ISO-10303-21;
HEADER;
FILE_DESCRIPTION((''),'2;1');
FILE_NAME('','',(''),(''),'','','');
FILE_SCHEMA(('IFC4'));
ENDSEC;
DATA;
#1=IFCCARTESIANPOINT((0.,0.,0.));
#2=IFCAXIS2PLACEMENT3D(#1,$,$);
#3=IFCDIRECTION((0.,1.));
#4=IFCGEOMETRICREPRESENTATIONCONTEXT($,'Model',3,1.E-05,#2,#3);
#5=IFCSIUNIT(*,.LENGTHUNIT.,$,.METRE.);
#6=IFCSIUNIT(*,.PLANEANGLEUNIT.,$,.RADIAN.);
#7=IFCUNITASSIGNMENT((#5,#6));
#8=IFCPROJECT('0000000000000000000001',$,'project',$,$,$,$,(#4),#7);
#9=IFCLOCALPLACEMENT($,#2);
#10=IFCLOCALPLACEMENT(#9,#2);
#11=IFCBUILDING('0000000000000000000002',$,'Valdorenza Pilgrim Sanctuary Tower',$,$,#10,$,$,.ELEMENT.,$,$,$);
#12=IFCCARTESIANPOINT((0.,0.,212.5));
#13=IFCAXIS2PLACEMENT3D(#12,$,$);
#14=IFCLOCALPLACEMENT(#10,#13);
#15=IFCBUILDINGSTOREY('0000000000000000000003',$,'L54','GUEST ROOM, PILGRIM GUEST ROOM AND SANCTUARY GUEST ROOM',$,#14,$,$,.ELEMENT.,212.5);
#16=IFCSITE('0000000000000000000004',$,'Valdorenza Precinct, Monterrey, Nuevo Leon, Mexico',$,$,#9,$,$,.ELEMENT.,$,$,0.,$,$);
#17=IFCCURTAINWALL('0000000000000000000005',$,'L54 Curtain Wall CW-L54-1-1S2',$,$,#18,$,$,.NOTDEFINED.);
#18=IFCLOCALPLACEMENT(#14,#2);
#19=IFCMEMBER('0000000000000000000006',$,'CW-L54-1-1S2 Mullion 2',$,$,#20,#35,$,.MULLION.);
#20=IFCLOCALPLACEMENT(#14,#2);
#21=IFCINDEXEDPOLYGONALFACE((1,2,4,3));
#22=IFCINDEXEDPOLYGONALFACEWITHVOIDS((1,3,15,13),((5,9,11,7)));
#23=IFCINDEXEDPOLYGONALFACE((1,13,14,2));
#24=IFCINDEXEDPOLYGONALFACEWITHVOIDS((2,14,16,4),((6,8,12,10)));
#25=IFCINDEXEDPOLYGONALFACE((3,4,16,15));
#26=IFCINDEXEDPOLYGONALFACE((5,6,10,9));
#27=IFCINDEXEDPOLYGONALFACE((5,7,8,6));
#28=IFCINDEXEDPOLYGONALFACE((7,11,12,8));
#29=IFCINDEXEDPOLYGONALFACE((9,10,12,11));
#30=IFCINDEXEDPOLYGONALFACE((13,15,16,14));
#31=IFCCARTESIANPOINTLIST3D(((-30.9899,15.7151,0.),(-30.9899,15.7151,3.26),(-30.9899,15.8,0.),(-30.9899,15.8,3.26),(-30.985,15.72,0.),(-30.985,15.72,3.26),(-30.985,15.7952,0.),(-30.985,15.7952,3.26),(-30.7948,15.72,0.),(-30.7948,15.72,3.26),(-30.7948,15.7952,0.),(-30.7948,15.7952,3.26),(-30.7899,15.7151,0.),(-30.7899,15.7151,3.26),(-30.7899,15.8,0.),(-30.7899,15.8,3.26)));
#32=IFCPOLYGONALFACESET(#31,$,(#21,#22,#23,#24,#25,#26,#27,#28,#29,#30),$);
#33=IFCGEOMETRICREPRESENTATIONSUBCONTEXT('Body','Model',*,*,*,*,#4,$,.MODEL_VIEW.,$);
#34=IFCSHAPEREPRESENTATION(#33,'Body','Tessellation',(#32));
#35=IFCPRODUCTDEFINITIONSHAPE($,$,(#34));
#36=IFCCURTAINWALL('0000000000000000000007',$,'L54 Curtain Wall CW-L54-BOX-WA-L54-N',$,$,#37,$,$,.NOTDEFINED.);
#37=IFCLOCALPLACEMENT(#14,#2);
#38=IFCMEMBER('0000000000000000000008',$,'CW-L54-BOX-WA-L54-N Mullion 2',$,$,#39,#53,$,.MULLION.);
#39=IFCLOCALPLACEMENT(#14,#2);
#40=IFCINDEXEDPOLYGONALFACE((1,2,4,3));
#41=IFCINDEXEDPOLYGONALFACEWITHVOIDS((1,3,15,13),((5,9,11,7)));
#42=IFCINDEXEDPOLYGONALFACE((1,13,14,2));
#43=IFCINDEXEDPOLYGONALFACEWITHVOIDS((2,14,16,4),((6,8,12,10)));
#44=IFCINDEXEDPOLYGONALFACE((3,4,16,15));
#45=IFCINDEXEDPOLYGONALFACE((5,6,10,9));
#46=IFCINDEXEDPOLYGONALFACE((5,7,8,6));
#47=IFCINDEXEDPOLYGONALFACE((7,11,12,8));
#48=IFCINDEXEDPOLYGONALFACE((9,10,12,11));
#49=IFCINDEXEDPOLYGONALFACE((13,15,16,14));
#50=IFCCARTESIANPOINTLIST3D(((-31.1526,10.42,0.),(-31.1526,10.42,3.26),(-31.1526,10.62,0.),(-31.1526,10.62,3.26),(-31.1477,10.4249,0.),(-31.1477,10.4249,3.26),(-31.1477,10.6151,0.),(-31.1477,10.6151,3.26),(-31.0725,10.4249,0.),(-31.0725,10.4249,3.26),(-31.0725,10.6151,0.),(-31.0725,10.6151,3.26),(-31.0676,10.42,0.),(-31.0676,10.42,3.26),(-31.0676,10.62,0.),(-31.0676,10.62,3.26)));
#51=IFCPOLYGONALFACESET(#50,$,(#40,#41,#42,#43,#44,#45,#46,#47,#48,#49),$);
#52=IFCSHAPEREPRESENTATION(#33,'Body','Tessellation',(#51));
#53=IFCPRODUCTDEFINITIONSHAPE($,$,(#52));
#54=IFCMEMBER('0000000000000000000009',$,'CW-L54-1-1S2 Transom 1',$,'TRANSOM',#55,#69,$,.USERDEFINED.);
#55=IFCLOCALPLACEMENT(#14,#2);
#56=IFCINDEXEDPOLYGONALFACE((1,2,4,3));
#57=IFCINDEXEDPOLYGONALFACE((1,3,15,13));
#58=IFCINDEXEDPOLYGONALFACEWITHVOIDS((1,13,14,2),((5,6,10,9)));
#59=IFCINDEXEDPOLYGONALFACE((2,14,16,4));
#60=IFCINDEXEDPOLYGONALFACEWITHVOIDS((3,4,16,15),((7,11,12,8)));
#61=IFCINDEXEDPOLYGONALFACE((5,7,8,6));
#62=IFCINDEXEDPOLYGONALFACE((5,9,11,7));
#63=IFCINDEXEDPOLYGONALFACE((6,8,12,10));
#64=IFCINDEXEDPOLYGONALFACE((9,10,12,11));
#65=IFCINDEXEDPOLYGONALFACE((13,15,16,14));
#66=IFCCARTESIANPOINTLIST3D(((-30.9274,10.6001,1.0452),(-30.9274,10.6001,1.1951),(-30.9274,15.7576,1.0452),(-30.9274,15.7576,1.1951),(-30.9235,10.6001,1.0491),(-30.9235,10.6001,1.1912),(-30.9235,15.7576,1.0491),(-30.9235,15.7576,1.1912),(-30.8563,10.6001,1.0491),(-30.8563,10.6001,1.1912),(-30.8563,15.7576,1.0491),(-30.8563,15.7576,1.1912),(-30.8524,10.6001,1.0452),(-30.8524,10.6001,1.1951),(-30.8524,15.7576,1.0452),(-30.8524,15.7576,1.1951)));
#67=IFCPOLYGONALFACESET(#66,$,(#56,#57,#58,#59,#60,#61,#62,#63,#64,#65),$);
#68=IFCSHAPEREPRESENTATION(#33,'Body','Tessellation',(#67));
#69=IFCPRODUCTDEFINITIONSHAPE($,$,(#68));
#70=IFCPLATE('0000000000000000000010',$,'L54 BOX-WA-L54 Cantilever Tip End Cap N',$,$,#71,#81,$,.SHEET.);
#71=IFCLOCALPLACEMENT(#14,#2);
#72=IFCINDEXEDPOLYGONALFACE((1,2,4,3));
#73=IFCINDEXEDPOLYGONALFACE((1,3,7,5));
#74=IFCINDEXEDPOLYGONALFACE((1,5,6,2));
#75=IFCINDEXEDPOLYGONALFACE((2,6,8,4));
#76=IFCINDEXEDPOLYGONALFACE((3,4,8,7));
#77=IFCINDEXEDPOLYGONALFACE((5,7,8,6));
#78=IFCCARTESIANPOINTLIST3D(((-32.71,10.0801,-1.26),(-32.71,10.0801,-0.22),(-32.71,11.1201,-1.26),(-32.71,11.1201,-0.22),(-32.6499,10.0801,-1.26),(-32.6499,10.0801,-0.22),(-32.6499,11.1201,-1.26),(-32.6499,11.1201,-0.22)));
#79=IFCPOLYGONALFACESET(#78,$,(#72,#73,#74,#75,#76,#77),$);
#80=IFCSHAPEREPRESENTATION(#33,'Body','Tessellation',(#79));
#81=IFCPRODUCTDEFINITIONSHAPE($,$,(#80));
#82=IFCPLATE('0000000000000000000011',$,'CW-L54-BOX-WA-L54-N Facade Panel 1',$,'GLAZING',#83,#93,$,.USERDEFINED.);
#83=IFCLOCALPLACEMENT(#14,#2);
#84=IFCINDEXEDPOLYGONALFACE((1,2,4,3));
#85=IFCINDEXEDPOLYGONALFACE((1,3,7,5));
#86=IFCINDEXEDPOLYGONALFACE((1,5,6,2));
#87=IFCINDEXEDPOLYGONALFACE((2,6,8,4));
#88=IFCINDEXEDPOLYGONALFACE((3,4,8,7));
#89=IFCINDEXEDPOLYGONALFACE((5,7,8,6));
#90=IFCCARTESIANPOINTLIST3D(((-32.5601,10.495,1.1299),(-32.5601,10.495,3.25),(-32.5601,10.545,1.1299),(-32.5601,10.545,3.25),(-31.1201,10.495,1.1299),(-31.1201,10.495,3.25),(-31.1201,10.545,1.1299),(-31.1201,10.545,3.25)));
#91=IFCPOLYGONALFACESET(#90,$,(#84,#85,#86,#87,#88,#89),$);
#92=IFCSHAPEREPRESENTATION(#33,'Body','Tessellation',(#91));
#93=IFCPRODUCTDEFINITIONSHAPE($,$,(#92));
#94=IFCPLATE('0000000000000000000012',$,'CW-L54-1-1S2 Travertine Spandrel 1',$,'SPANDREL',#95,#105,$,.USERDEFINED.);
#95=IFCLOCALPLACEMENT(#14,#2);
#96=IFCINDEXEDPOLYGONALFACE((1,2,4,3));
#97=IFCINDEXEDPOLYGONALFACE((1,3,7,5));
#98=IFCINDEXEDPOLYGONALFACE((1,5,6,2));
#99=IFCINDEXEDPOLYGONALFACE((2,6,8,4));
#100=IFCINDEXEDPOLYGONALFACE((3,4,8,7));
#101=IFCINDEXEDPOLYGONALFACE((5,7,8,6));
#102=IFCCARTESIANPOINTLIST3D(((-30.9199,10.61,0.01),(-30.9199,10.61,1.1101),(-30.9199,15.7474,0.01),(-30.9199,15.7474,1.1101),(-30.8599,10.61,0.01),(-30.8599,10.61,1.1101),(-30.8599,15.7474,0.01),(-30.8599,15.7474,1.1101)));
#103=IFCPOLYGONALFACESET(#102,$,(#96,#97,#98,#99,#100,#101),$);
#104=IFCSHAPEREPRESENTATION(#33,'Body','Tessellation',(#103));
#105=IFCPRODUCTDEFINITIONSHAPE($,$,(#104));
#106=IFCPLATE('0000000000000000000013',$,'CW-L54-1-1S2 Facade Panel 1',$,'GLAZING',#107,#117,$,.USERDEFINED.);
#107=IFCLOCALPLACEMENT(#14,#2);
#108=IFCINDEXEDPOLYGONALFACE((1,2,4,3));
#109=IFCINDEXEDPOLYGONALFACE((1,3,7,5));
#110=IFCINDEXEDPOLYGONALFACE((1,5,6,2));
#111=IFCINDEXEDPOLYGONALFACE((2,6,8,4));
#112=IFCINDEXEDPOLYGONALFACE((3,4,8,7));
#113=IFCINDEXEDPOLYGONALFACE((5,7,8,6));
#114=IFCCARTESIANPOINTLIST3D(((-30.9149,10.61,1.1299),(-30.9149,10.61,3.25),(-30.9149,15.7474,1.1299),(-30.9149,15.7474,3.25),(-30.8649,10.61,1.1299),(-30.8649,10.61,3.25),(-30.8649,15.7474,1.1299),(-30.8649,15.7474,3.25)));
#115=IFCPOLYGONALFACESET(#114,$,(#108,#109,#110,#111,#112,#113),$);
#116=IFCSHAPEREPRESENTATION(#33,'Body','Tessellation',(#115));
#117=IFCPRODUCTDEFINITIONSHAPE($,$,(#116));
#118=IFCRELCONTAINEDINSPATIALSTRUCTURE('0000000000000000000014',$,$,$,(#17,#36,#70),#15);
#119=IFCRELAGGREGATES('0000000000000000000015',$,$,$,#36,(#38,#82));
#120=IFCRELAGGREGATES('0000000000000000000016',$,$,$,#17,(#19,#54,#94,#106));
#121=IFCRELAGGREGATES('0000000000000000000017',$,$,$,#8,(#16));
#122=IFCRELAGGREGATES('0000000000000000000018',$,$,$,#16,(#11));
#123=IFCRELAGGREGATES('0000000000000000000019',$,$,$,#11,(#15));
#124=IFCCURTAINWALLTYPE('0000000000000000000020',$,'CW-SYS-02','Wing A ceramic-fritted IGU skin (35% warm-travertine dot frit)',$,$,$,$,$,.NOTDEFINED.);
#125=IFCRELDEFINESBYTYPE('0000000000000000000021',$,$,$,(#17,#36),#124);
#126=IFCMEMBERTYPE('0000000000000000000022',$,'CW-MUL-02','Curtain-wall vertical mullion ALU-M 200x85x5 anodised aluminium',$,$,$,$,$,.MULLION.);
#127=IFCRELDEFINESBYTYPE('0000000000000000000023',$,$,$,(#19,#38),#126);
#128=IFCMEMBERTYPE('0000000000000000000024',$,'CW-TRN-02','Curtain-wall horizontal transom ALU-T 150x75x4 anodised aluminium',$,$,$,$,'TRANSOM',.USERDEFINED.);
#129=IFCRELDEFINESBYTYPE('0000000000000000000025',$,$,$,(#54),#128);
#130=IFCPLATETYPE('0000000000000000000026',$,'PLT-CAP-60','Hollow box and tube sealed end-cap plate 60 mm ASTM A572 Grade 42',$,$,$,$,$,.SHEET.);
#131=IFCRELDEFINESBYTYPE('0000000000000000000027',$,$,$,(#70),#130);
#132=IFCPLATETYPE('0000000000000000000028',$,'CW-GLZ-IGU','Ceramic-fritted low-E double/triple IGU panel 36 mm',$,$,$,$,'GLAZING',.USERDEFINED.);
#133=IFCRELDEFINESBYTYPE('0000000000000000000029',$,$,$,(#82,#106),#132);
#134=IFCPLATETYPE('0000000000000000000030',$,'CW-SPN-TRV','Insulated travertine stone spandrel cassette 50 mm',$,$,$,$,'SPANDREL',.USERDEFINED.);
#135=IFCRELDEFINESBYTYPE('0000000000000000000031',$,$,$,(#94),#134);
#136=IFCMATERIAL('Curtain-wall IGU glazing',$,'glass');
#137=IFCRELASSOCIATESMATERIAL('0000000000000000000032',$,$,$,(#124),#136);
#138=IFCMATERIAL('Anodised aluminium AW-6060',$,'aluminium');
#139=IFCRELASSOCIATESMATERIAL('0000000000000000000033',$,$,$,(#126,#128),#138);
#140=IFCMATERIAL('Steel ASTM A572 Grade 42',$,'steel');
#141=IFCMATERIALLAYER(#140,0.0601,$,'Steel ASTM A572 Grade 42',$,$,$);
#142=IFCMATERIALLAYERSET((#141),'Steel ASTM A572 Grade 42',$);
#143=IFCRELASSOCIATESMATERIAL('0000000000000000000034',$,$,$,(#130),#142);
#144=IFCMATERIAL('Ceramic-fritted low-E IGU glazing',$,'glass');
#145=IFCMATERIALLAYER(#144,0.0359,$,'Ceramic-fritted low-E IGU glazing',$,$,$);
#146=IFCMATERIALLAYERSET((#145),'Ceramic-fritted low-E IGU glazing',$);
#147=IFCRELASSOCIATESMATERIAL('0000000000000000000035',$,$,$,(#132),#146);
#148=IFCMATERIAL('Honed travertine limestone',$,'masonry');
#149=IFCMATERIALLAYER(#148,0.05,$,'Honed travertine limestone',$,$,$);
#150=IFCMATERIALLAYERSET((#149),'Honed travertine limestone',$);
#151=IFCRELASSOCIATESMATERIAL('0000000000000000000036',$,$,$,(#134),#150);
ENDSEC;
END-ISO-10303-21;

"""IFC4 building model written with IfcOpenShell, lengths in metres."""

from ifc_helpers import new_model, si_unit, direction, frame, origin, origin_2d, place, context, subcontext, project, spatial, rectangle, hollow_rectangle, extrude, source, transform, mapped, material, layer, layer_set, material_profile, profile_set, type_object, element, aggregate, save


model = new_model("IFC4")

# Units and contexts
model_context = context("Model", 3, precision=1e-05, world=origin(), true_north=direction((0.0, 1.0)))
body_context = subcontext(model_context, "Body", "Model", "MODEL_VIEW")
ifc_project = project(units=[si_unit("LENGTHUNIT", "METRE"), si_unit("PLANEANGLEUNIT", "RADIAN")], contexts=[model_context])

# Site, building, storey
site_placement = place(None, origin())
site = spatial("IfcSite", under=ifc_project, at=site_placement, Name="Valdorenza Precinct, Monterrey, Nuevo Leon, Mexico", CompositionType="ELEMENT", RefElevation=0.0)
building_placement = place(site_placement, origin())
building = spatial("IfcBuilding", under=site, at=building_placement, Name="Valdorenza Pilgrim Sanctuary Tower", CompositionType="ELEMENT")
storey_placement = place(building_placement, frame((0.0, 0.0, 212.5)))
storey = spatial("IfcBuildingStorey", under=building, at=storey_placement, Name="L54", Description="GUEST ROOM, PILGRIM GUEST ROOM AND SANCTUARY GUEST ROOM", CompositionType="ELEMENT", Elevation=212.5)

# Shared definitions
ifc_material_1 = material(Name="Steel ASTM A572 Grade 42", Category="steel")

# Curtain wall, member
ifc_material_2 = material(Name="Curtain-wall IGU glazing", Category="glass")
curtain_wall_type = type_object("IfcCurtainWallType", Name="CW-SYS-02", Description="Wing A ceramic-fritted IGU skin (35% warm-travertine dot frit)", PredefinedType="NOTDEFINED", material=ifc_material_2)
curtain_wall_1_placement = place(storey_placement, origin())
curtain_wall_1 = element("IfcCurtainWall", 1, at=curtain_wall_1_placement, inside=storey, type_object=curtain_wall_type, Name="L54 Curtain Wall CW-L54-1-1S2", PredefinedType="NOTDEFINED")
ifc_material_3 = material(Name="Anodised aluminium AW-6060", Category="aluminium")
ifc_material_profile_1 = material_profile(ifc_material_3, hollow_rectangle(XDim=0.085, YDim=0.2, WallThickness=0.0049, at=origin_2d()), Name="ALU-M 200x85x5")
ifc_profile_set_1 = profile_set([ifc_material_profile_1], Name="Anodised aluminium AW-6060")
member_type_1 = type_object("IfcMemberType", Name="CW-MUL-02", Description="Curtain-wall vertical mullion ALU-M 200x85x5 anodised aluminium", PredefinedType="MULLION", material=ifc_profile_set_1)
shared_shape_1 = source(origin(), body_context, "Body", "SweptSolid", [
    extrude(hollow_rectangle(XDim=0.085, YDim=0.2, WallThickness=0.0049, at=origin_2d()), origin(), (0.0, 0.0, 1.0), 3.26),
])
member_1_placement = place(storey_placement, frame((-30.8899, 15.7576, 0.0), z_axis=(0.0, 0.0, 1.0), x_axis=(0.0, 1.0, 0.0)))
member_1 = element("IfcMember", 2, at=member_1_placement, type_object=member_type_1, Name="CW-L54-1-1S2 Mullion 2", PredefinedType="MULLION", context=body_context, shape_type="MappedRepresentation", body=[
    mapped(shared_shape_1, transform((0.0, 0.0, 0.0), x_axis=(1.0, 0.0, 0.0), y_axis=(0.0, 1.0, 0.0), z_axis=(0.0, 0.0, 1.0), scale=1.0)),
])

# Curtain wall, member
curtain_wall_2_placement = place(storey_placement, origin())
curtain_wall_2 = element("IfcCurtainWall", 3, at=curtain_wall_2_placement, inside=storey, type_object=curtain_wall_type, Name="L54 Curtain Wall CW-L54-BOX-WA-L54-N", PredefinedType="NOTDEFINED")
member_2_placement = place(storey_placement, frame((-31.1101, 10.52, 0.0), z_axis=(0.0, 0.0, 1.0), x_axis=(1.0, 0.0, 0.0)))
member_2 = element("IfcMember", 4, at=member_2_placement, type_object=member_type_1, Name="CW-L54-BOX-WA-L54-N Mullion 2", PredefinedType="MULLION", context=body_context, shape_type="MappedRepresentation", body=[
    mapped(shared_shape_1, transform((0.0, 0.0, 0.0), x_axis=(1.0, 0.0, 0.0), y_axis=(0.0, 1.0, 0.0), z_axis=(0.0, 0.0, 1.0), scale=1.0)),
])

# Member
ifc_material_profile_2 = material_profile(ifc_material_3, hollow_rectangle(XDim=0.075, YDim=0.1499, WallThickness=0.0039, at=origin_2d()), Name="ALU-T 150x75x4")
ifc_profile_set_2 = profile_set([ifc_material_profile_2], Name="Anodised aluminium AW-6060")
member_type_2 = type_object("IfcMemberType", Name="CW-TRN-02", Description="Curtain-wall horizontal transom ALU-T 150x75x4 anodised aluminium", ElementType="TRANSOM", PredefinedType="USERDEFINED", material=ifc_profile_set_2)
shared_shape_2 = source(origin(), body_context, "Body", "SweptSolid", [
    extrude(hollow_rectangle(XDim=0.075, YDim=0.1499, WallThickness=0.0039, at=origin_2d()), origin(), (0.0, 0.0, 1.0), 5.1575),
])
member_3_placement = place(storey_placement, frame((-30.8899, 10.6001, 1.1201), z_axis=(0.0, 1.0, 0.0), x_axis=(-1.0, 0.0, 0.0)))
member_3 = element("IfcMember", 5, at=member_3_placement, type_object=member_type_2, Name="CW-L54-1-1S2 Transom 1", ObjectType="TRANSOM", PredefinedType="USERDEFINED", context=body_context, shape_type="MappedRepresentation", body=[
    mapped(shared_shape_2, transform((0.0, 0.0, 0.0), x_axis=(1.0, 0.0, 0.0), y_axis=(0.0, 1.0, 0.0), z_axis=(0.0, 0.0, 1.0), scale=1.0)),
])

# Plates
ifc_layer_1 = layer(ifc_material_1, 0.0601, Name="Steel ASTM A572 Grade 42")
ifc_layer_set_1 = layer_set([ifc_layer_1], Name="Steel ASTM A572 Grade 42")
plate_type_1 = type_object("IfcPlateType", Name="PLT-CAP-60", Description="Hollow box and tube sealed end-cap plate 60 mm ASTM A572 Grade 42", PredefinedType="SHEET", material=ifc_layer_set_1)
shared_shape_3 = source(origin(), body_context, "Body", "SweptSolid", [
    extrude(rectangle(XDim=0.0601, YDim=1.04, at=origin_2d()), origin(), (0.0, 0.0, 1.0), 1.04),
])
plate_1_placement = place(storey_placement, frame((-32.6799, 10.6001, -1.26), z_axis=(0.0, 0.0, 1.0), x_axis=(1.0, 0.0, 0.0)))
element("IfcPlate", 6, at=plate_1_placement, inside=storey, type_object=plate_type_1, Name="L54 BOX-WA-L54 Cantilever Tip End Cap N", PredefinedType="SHEET", context=body_context, shape_type="MappedRepresentation", body=[
    mapped(shared_shape_3, transform((0.0, 0.0, 0.0), x_axis=(1.0, 0.0, 0.0), y_axis=(0.0, 1.0, 0.0), z_axis=(0.0, 0.0, 1.0), scale=1.0)),
])
ifc_material_4 = material(Name="Ceramic-fritted low-E IGU glazing", Category="glass")
ifc_layer_2 = layer(ifc_material_4, 0.0359, Name="Ceramic-fritted low-E IGU glazing")
ifc_layer_set_2 = layer_set([ifc_layer_2], Name="Ceramic-fritted low-E IGU glazing")
plate_type_2 = type_object("IfcPlateType", Name="CW-GLZ-IGU", Description="Ceramic-fritted low-E double/triple IGU panel 36 mm", ElementType="GLAZING", PredefinedType="USERDEFINED", material=ifc_layer_set_2)
shared_shape_4 = source(origin(), body_context, "Body", "SweptSolid", [
    extrude(rectangle(XDim=1.4399, YDim=0.05, at=origin_2d()), origin(), (0.0, 0.0, 1.0), 2.1201),
])
plate_2_placement = place(storey_placement, frame((-31.8401, 10.52, 1.1299), z_axis=(0.0, 0.0, 1.0), x_axis=(1.0, 0.0, 0.0)))
plate_2 = element("IfcPlate", 7, at=plate_2_placement, type_object=plate_type_2, Name="CW-L54-BOX-WA-L54-N Facade Panel 1", ObjectType="GLAZING", PredefinedType="USERDEFINED", context=body_context, shape_type="MappedRepresentation", body=[
    mapped(shared_shape_4, transform((0.0, 0.0, 0.0), x_axis=(1.0, 0.0, 0.0), y_axis=(0.0, 1.0, 0.0), z_axis=(0.0, 0.0, 1.0), scale=1.0)),
])
aggregate(curtain_wall_2, [member_2, plate_2])
ifc_material_5 = material(Name="Honed travertine limestone", Category="masonry")
ifc_layer_3 = layer(ifc_material_5, 0.05, Name="Honed travertine limestone")
ifc_layer_set_3 = layer_set([ifc_layer_3], Name="Honed travertine limestone")
plate_type_3 = type_object("IfcPlateType", Name="CW-SPN-TRV", Description="Insulated travertine stone spandrel cassette 50 mm", ElementType="SPANDREL", PredefinedType="USERDEFINED", material=ifc_layer_set_3)
shared_shape_5 = source(origin(), body_context, "Body", "SweptSolid", [
    extrude(rectangle(XDim=5.1375, YDim=0.0601, at=origin_2d()), origin(), (0.0, 0.0, 1.0), 1.1001),
])
plate_3_placement = place(storey_placement, frame((-30.8899, 13.1787, 0.01), z_axis=(0.0, 0.0, 1.0), x_axis=(0.0, 1.0, 0.0)))
plate_3 = element("IfcPlate", 8, at=plate_3_placement, type_object=plate_type_3, Name="CW-L54-1-1S2 Travertine Spandrel 1", ObjectType="SPANDREL", PredefinedType="USERDEFINED", context=body_context, shape_type="MappedRepresentation", body=[
    mapped(shared_shape_5, transform((0.0, 0.0, 0.0), x_axis=(1.0, 0.0, 0.0), y_axis=(0.0, 1.0, 0.0), z_axis=(0.0, 0.0, 1.0), scale=1.0)),
])
shared_shape_6 = source(origin(), body_context, "Body", "SweptSolid", [
    extrude(rectangle(XDim=5.1375, YDim=0.05, at=origin_2d()), origin(), (0.0, 0.0, 1.0), 2.1201),
])
plate_4_placement = place(storey_placement, frame((-30.8899, 13.1787, 1.1299), z_axis=(0.0, 0.0, 1.0), x_axis=(0.0, 1.0, 0.0)))
plate_4 = element("IfcPlate", 9, at=plate_4_placement, type_object=plate_type_2, Name="CW-L54-1-1S2 Facade Panel 1", ObjectType="GLAZING", PredefinedType="USERDEFINED", context=body_context, shape_type="MappedRepresentation", body=[
    mapped(shared_shape_6, transform((0.0, 0.0, 0.0), x_axis=(1.0, 0.0, 0.0), y_axis=(0.0, 1.0, 0.0), z_axis=(0.0, 0.0, 1.0), scale=1.0)),
])
aggregate(curtain_wall_1, [member_1, member_3, plate_3, plate_4])

save(model, "model.ifc")
